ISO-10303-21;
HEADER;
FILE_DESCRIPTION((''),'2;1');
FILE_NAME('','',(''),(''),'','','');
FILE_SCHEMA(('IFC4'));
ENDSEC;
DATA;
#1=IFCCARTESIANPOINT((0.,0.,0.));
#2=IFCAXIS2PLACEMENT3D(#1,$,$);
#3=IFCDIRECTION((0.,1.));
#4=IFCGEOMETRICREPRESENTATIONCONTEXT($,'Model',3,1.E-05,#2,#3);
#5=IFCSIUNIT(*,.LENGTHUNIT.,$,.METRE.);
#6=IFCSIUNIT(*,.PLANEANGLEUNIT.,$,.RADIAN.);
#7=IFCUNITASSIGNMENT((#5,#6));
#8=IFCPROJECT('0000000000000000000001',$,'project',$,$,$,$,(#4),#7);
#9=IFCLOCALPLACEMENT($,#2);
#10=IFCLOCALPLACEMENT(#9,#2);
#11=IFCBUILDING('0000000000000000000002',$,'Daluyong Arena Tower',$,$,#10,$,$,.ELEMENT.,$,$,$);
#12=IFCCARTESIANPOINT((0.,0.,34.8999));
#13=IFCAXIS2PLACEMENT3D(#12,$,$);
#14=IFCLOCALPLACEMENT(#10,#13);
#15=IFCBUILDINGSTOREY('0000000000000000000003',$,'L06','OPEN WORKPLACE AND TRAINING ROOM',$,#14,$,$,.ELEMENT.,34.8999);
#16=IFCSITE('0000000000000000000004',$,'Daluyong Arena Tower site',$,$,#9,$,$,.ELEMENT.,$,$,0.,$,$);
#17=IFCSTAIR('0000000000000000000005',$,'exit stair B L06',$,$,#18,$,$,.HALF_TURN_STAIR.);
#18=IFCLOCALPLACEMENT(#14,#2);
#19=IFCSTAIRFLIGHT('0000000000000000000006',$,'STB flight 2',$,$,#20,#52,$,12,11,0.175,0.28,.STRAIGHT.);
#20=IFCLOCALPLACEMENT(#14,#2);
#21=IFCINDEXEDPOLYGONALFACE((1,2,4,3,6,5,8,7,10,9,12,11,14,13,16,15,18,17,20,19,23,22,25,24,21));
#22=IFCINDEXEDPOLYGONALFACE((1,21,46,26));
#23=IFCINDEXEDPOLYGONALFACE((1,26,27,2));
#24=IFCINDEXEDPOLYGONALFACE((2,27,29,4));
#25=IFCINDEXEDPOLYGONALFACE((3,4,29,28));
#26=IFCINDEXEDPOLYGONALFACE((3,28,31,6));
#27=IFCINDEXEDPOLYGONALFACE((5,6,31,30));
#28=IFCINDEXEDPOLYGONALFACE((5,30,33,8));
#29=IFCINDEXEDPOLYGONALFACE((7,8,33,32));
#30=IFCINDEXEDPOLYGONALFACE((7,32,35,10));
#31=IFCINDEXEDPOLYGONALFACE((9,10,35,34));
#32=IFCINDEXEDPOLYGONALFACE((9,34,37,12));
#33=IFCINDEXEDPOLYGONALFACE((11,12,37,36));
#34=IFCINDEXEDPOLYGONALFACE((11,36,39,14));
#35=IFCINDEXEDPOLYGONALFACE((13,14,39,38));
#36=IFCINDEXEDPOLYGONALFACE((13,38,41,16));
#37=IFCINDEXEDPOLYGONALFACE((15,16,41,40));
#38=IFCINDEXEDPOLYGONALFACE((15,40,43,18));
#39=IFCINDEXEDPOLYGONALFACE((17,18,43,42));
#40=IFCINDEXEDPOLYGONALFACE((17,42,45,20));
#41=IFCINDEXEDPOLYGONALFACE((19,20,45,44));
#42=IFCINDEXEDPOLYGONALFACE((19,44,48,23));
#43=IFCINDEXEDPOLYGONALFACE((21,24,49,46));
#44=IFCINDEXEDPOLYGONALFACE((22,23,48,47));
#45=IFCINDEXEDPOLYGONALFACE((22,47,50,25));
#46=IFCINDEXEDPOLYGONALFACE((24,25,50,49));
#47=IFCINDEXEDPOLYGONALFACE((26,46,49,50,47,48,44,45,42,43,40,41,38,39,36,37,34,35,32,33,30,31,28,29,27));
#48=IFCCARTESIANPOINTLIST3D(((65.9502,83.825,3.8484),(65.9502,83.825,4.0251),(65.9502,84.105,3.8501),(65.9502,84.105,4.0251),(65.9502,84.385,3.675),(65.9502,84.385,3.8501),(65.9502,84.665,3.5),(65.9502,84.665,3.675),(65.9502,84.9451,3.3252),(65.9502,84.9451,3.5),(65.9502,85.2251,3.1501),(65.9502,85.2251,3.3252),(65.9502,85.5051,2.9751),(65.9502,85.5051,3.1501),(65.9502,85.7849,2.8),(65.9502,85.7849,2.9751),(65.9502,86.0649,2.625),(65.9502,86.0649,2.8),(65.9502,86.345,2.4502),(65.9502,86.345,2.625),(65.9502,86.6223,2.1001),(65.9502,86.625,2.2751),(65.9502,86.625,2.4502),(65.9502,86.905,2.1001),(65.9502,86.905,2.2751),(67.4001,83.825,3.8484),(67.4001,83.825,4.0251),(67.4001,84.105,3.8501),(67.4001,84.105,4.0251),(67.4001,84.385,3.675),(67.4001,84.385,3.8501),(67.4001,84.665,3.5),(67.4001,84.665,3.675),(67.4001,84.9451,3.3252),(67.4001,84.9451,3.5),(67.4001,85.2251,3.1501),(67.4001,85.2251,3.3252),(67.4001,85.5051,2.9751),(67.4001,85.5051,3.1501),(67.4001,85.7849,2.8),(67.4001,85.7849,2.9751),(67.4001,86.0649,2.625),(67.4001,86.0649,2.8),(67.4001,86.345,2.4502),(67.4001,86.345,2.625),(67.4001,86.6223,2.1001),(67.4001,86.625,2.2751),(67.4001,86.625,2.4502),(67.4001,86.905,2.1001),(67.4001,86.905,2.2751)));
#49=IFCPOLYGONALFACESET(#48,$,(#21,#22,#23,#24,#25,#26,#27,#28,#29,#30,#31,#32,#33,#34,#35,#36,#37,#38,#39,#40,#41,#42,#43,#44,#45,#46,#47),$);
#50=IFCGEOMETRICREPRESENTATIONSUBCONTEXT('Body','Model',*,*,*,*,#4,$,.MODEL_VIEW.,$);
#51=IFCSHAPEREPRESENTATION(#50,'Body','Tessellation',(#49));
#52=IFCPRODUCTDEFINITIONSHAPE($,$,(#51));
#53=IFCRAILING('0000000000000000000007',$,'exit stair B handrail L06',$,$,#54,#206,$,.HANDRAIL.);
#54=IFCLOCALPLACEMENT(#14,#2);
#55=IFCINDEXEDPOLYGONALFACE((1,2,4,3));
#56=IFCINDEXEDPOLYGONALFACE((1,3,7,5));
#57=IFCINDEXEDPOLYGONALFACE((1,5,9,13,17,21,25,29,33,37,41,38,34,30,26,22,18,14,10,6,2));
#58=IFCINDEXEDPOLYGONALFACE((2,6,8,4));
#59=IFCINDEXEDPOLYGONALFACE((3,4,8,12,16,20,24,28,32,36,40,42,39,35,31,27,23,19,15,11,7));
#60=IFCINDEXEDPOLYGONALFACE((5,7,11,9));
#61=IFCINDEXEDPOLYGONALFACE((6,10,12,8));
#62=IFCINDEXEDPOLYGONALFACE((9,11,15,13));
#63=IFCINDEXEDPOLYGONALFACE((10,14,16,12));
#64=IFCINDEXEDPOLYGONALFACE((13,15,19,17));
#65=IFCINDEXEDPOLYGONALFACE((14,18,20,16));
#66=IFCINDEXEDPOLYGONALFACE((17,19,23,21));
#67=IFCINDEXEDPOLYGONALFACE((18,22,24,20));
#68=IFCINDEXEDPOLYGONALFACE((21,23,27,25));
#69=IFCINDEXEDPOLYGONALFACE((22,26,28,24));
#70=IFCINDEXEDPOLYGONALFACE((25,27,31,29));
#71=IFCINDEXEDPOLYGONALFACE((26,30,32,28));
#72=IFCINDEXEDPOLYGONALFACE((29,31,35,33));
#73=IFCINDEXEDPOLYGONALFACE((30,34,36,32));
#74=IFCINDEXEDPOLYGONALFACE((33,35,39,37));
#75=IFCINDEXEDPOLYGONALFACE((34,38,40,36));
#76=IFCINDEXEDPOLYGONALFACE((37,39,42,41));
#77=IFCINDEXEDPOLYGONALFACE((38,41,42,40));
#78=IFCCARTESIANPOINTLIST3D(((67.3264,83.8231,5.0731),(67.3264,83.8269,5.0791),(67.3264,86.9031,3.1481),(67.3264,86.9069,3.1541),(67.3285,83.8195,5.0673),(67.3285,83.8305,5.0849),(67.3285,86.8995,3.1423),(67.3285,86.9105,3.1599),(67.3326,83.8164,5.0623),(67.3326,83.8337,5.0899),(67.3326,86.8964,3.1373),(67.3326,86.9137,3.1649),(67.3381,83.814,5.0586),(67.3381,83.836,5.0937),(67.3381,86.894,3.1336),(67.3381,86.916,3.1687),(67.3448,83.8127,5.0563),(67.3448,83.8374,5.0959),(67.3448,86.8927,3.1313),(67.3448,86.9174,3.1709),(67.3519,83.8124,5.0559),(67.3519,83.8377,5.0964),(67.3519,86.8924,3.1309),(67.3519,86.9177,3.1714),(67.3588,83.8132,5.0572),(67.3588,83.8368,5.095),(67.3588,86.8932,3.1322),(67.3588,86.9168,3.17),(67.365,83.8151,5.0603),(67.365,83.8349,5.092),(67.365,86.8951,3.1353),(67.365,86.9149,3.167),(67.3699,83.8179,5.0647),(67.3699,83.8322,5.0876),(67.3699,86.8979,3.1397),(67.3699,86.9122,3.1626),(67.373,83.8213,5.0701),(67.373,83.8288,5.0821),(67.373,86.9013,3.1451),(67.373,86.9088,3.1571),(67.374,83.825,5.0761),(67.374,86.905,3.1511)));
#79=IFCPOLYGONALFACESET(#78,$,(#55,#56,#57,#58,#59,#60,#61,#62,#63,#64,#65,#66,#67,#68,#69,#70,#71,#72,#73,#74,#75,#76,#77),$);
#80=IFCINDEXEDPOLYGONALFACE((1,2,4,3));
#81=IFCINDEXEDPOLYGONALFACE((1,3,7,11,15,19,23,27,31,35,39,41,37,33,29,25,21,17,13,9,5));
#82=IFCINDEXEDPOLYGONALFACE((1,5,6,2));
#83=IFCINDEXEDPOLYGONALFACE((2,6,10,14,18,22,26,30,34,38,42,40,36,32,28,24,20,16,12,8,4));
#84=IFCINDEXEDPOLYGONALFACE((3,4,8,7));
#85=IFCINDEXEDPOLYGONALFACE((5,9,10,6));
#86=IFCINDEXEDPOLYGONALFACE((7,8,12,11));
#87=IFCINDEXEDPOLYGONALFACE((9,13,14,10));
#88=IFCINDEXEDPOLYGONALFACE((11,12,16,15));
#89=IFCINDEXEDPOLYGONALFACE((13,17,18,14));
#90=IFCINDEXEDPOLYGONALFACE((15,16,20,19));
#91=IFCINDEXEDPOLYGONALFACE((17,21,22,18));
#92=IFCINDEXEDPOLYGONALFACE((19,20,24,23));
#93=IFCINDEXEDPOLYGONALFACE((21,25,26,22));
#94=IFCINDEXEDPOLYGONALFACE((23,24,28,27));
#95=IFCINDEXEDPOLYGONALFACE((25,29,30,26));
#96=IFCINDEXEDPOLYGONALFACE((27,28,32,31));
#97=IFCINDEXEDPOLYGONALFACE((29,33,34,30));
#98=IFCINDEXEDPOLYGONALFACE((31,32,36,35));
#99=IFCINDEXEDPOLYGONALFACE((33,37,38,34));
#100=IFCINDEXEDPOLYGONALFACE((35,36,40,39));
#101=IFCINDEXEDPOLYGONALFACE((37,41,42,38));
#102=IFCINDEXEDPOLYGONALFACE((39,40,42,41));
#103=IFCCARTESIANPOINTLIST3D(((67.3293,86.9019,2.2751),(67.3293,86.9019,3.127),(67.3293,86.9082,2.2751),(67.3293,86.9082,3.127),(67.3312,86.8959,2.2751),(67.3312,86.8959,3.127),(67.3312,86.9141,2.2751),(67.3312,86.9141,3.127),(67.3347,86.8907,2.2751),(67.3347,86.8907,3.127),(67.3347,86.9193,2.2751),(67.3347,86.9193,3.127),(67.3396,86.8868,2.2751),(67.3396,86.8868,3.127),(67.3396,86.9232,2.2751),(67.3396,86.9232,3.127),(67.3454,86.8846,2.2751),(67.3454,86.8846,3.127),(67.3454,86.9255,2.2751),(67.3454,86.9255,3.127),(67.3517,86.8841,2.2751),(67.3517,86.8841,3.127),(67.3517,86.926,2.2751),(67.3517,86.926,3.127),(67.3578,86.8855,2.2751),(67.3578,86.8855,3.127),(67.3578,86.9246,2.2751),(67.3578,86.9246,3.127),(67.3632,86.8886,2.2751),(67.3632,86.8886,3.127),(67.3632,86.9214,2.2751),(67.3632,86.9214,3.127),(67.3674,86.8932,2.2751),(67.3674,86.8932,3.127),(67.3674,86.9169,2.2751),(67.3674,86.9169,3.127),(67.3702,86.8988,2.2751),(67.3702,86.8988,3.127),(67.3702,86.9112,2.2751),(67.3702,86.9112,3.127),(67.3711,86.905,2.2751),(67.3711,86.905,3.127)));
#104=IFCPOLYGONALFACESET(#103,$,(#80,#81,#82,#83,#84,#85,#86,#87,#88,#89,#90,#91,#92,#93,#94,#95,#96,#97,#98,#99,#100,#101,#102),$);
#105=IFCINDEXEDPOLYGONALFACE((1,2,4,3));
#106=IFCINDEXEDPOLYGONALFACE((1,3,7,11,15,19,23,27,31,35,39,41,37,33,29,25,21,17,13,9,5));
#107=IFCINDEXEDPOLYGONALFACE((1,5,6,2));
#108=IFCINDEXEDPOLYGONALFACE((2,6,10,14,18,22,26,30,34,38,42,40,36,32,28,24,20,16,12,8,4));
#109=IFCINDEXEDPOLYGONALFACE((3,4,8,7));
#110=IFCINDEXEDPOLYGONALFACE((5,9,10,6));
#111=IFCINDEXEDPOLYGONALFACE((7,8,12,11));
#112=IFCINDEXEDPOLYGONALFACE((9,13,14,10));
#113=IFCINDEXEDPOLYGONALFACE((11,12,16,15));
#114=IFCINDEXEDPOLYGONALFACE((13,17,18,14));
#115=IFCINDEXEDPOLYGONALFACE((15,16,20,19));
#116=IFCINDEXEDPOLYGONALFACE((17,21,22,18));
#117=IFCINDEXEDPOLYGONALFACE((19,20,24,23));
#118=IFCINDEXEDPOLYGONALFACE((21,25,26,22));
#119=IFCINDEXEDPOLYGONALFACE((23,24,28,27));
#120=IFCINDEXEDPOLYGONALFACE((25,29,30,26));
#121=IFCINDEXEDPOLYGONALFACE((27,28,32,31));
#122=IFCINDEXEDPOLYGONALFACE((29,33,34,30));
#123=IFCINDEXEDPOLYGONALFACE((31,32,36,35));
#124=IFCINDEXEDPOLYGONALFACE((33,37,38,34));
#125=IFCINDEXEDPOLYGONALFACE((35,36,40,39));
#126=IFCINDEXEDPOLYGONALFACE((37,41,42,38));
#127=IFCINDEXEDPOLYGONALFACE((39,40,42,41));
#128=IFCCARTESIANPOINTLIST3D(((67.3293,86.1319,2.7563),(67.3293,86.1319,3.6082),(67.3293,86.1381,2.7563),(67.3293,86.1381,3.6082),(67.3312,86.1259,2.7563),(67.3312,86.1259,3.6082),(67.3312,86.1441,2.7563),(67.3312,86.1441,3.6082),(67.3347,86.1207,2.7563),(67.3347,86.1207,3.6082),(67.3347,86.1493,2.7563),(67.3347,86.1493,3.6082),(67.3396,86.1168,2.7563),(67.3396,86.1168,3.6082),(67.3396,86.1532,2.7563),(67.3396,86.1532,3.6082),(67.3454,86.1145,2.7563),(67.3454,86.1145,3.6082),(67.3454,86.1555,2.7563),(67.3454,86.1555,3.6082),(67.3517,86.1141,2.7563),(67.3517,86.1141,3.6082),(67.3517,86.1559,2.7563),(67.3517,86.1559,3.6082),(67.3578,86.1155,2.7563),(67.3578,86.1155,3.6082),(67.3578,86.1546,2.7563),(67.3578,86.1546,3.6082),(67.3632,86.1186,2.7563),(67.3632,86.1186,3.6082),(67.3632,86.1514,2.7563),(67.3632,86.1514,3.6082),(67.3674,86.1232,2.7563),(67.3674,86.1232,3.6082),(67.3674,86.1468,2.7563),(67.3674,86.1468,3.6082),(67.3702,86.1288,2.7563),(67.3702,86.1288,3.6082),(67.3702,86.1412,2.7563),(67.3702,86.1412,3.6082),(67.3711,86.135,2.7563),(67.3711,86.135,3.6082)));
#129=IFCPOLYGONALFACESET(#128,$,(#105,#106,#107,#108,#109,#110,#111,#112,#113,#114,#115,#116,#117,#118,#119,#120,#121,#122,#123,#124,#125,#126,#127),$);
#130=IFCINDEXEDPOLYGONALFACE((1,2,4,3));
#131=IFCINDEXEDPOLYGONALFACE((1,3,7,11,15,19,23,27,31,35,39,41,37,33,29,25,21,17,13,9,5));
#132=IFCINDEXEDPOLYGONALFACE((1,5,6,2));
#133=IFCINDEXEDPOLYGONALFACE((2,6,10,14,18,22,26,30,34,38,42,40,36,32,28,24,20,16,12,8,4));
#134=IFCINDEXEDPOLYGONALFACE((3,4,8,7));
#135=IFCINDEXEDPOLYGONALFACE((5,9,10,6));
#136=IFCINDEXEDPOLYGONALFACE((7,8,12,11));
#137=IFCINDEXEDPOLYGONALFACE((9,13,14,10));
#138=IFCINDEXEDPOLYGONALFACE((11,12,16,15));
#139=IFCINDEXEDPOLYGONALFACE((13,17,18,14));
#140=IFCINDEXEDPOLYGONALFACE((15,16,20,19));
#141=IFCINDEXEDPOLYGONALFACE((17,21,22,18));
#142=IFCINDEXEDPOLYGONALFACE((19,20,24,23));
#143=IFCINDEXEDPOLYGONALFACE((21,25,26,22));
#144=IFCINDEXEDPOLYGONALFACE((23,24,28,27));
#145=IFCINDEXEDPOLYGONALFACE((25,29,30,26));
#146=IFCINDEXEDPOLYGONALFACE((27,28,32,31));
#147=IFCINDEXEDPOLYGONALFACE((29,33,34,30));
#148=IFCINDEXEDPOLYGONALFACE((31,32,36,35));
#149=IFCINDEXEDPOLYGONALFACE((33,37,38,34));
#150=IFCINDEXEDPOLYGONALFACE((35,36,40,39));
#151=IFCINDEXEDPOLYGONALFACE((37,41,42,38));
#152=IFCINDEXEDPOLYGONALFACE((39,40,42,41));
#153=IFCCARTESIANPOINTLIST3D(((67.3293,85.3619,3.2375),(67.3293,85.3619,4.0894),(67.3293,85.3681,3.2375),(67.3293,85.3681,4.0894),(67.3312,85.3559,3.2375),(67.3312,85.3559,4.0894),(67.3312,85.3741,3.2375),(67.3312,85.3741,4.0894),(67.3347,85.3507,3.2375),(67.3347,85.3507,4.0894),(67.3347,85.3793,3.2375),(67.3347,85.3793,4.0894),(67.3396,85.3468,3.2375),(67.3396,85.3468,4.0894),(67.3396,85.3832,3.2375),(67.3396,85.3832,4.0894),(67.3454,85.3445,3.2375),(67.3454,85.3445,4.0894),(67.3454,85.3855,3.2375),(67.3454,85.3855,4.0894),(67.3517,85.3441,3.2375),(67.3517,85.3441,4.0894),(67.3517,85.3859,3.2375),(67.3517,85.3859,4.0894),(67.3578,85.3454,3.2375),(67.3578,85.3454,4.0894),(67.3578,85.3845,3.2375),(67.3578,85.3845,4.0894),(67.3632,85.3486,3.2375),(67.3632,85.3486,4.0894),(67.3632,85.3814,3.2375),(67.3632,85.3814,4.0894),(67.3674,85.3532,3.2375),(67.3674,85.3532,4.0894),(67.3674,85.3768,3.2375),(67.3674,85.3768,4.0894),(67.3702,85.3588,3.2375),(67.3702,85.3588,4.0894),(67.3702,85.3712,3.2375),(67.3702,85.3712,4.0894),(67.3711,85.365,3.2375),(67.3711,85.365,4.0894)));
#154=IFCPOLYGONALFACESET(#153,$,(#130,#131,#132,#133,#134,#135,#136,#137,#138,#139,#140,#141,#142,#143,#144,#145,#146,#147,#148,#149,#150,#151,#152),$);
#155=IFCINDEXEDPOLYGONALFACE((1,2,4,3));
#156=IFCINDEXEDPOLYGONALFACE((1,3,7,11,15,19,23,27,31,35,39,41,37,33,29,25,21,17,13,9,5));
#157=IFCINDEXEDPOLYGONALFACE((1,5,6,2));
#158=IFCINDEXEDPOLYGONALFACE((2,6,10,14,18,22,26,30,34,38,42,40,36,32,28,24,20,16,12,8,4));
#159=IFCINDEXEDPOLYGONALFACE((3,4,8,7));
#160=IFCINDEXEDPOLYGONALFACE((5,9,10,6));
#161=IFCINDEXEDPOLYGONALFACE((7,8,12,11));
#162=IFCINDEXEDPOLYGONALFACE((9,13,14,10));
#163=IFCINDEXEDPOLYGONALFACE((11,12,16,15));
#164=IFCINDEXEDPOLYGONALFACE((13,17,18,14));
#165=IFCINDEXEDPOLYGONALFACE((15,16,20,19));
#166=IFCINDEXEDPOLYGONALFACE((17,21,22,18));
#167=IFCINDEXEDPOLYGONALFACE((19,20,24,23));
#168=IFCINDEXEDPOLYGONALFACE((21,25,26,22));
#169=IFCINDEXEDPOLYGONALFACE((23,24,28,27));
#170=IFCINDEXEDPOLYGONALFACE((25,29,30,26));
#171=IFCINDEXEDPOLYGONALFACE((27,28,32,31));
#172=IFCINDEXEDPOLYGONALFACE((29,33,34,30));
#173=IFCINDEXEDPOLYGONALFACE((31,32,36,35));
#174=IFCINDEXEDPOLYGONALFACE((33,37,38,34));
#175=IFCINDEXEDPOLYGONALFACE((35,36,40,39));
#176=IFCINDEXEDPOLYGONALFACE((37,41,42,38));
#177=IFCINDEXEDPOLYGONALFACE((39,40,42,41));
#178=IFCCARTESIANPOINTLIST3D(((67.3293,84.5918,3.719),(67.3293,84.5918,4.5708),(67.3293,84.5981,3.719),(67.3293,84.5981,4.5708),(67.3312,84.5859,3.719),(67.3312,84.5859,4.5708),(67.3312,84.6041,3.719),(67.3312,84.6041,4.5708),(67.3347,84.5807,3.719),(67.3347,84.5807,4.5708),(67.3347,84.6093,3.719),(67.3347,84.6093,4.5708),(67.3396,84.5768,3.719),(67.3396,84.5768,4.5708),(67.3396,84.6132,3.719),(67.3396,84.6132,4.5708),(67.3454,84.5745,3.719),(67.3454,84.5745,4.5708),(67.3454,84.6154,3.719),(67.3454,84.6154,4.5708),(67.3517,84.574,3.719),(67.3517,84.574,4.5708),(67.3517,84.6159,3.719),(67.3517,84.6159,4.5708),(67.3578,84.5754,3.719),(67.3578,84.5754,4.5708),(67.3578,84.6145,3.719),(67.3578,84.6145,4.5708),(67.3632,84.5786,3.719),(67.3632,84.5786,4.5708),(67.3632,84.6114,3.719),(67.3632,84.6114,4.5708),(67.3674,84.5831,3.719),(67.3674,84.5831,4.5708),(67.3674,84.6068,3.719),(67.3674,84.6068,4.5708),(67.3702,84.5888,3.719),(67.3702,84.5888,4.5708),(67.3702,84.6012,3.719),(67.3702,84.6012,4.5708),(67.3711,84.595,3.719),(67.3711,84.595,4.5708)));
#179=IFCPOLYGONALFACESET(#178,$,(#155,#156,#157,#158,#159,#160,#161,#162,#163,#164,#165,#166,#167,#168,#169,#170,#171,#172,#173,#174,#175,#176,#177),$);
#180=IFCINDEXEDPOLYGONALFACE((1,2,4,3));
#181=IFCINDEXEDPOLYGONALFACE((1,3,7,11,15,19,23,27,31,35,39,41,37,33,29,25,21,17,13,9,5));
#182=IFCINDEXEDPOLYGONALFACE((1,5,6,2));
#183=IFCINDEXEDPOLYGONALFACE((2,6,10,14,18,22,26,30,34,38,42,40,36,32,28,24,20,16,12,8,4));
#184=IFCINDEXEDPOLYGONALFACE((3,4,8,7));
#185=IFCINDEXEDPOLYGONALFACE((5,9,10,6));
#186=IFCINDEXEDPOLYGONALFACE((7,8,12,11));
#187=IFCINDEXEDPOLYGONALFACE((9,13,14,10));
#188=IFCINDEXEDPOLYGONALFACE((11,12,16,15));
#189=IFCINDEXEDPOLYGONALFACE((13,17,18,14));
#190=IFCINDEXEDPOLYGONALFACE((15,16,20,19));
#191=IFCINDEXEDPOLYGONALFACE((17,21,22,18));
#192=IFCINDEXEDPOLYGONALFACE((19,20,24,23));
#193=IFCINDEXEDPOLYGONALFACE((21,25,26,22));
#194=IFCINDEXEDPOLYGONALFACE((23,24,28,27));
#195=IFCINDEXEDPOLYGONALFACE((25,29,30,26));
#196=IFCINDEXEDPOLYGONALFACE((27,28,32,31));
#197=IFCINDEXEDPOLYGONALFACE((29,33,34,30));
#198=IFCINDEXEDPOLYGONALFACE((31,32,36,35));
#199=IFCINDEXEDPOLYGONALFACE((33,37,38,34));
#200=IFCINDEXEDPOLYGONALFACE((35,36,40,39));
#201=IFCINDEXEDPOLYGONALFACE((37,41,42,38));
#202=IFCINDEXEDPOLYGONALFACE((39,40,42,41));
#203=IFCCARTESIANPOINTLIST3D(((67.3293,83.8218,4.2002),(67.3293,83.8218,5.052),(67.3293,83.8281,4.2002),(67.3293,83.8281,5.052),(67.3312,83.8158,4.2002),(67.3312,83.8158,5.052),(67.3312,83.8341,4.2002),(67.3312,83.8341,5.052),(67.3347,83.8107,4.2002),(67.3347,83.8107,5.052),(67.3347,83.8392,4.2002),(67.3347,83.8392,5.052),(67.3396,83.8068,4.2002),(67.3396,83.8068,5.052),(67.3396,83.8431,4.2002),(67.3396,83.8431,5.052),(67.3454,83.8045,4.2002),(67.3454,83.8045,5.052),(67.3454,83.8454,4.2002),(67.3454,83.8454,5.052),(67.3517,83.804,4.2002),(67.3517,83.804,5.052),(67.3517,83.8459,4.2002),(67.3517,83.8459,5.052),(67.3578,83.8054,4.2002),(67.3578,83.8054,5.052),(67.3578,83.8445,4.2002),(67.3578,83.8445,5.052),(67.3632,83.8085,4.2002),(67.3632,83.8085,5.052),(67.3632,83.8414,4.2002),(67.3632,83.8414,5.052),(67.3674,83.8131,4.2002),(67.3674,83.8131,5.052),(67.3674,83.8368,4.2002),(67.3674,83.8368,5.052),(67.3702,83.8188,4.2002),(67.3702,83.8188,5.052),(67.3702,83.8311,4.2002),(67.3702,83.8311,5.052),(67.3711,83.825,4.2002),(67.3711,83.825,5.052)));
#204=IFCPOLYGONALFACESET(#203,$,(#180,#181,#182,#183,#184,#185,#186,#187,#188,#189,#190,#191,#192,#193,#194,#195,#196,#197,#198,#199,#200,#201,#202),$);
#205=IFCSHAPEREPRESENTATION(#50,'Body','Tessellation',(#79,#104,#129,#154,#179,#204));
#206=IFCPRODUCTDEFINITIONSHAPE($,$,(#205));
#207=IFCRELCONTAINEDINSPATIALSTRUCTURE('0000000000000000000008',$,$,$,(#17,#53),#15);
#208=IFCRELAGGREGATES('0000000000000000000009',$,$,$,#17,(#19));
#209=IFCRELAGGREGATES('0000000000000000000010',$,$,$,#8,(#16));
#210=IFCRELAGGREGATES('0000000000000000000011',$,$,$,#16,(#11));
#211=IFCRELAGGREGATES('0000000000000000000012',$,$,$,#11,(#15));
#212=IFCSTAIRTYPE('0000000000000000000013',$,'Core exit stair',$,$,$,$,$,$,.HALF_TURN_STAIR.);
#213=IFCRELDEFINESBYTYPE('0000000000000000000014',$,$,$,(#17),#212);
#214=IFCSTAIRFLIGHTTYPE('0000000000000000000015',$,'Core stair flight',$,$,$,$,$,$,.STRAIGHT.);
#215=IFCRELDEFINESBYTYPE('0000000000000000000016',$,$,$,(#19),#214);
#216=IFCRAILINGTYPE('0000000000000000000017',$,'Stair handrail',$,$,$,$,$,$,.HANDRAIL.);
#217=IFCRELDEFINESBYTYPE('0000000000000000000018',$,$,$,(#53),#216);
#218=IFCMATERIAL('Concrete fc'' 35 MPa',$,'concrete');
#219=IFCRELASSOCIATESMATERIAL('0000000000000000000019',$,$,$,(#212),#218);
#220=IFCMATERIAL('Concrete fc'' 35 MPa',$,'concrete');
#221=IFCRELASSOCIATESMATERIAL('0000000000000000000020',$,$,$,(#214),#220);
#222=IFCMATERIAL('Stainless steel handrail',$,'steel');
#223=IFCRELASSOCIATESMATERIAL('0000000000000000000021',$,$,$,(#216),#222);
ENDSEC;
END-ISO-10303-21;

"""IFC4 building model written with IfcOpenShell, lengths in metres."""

from ifc_helpers import new_model, si_unit, direction, frame, origin, origin_2d, place, context, subcontext, project, spatial, polyline, circle, outline, extrude, material, type_object, element, aggregate, save


model = new_model("IFC4")

# Units and contexts
model_context = context("Model", 3, precision=1e-05, world=origin(), true_north=direction((0.0, 1.0)))
body_context = subcontext(model_context, "Body", "Model", "MODEL_VIEW")
ifc_project = project(units=[si_unit("LENGTHUNIT", "METRE"), si_unit("PLANEANGLEUNIT", "RADIAN")], contexts=[model_context])

# Site, building, storey
site_placement = place(None, origin())
site = spatial("IfcSite", under=ifc_project, at=site_placement, Name="Daluyong Arena Tower site", CompositionType="ELEMENT", RefElevation=0.0)
building_placement = place(site_placement, origin())
building = spatial("IfcBuilding", under=site, at=building_placement, Name="Daluyong Arena Tower", CompositionType="ELEMENT")
storey_placement = place(building_placement, frame((0.0, 0.0, 34.8999)))
storey = spatial("IfcBuildingStorey", under=building, at=storey_placement, Name="L06", Description="OPEN WORKPLACE AND TRAINING ROOM", CompositionType="ELEMENT", Elevation=34.8999)

# Stair, stair flight
ifc_material_1 = material(Name="Concrete fc' 35 MPa", Category="concrete")
stair_type = type_object("IfcStairType", Name="Core exit stair", PredefinedType="HALF_TURN_STAIR", material=ifc_material_1)
stair_placement = place(storey_placement, origin())
stair = element("IfcStair", 1, at=stair_placement, inside=storey, type_object=stair_type, Name="exit stair B L06", PredefinedType="HALF_TURN_STAIR")
ifc_material_2 = material(Name="Concrete fc' 35 MPa", Category="concrete")
stair_flight_type = type_object("IfcStairFlightType", Name="Core stair flight", PredefinedType="STRAIGHT", material=ifc_material_2)
stair_flight_placement = place(storey_placement, frame((66.675, 86.905, 2.1001), z_axis=(0.0, 0.0, 1.0), x_axis=(0.0, -1.0, 0.0)))
stair_flight = element("IfcStairFlight", 2, at=stair_flight_placement, type_object=stair_flight_type, Name="STB flight 2", NumberOfRisers=12, NumberOfTreads=11, PredefinedType="STRAIGHT", RiserHeight=0.175, TreadLength=0.28, context=body_context, shape_type="SweptSolid", body=[
    extrude(outline(polyline([(0.0, 0.0), (0.0, 0.175), (0.28, 0.175), (0.28, 0.3501), (0.5601, 0.3501), (0.5601, 0.5249), (0.8401, 0.5249), (0.8401, 0.7), (1.1201, 0.7), (1.1201, 0.875), (1.3999, 0.875), (1.3999, 1.05), (1.6799, 1.05), (1.6799, 1.2251), (1.96, 1.2251), (1.96, 1.3999), (2.24, 1.3999), (2.24, 1.575), (2.52, 1.575), (2.52, 1.75), (2.8, 1.75), (2.8, 1.925), (3.0801, 1.925), (3.0801, 2.1001), (3.0801, 1.7483), (0.2827, 0.0), (0.0, 0.0)])), frame((0.0, 0.7251, 0.0), z_axis=(0.0, -1.0, 0.0), x_axis=(1.0, 0.0, 0.0)), (0.0, 0.0, 1.0), 1.45),
])
aggregate(stair, [stair_flight])

# Railing
ifc_material_3 = material(Name="Stainless steel handrail", Category="steel")
railing_type = type_object("IfcRailingType", Name="Stair handrail", PredefinedType="HANDRAIL", material=ifc_material_3)
railing_placement = place(storey_placement, frame((67.3501, 86.905, 2.2751)))
element("IfcRailing", 3, at=railing_placement, inside=storey, type_object=railing_type, Name="exit stair B handrail L06", PredefinedType="HANDRAIL", context=body_context, shape_type="SweptSolid", body=[
    extrude(circle(Radius=0.0239, at=origin_2d()), frame((0.0, 0.0, 0.876), z_axis=(0.0, -0.847998, 0.529999), x_axis=(1.0, 0.0, 0.0)), (0.0, 0.0, 1.0), 3.6321),
    extrude(circle(Radius=0.021, at=origin_2d()), origin(), (0.0, 0.0, 1.0), 0.8518),
    extrude(circle(Radius=0.021, at=origin_2d()), frame((0.0, -0.77, 0.4812)), (0.0, 0.0, 1.0), 0.8518),
    extrude(circle(Radius=0.021, at=origin_2d()), frame((0.0, -1.54, 0.9624)), (0.0, 0.0, 1.0), 0.8518),
    extrude(circle(Radius=0.021, at=origin_2d()), frame((0.0, -2.3101, 1.4438)), (0.0, 0.0, 1.0), 0.8518),
    extrude(circle(Radius=0.021, at=origin_2d()), frame((0.0, -3.0801, 1.925)), (0.0, 0.0, 1.0), 0.8518),
])

save(model, "model.ifc")
